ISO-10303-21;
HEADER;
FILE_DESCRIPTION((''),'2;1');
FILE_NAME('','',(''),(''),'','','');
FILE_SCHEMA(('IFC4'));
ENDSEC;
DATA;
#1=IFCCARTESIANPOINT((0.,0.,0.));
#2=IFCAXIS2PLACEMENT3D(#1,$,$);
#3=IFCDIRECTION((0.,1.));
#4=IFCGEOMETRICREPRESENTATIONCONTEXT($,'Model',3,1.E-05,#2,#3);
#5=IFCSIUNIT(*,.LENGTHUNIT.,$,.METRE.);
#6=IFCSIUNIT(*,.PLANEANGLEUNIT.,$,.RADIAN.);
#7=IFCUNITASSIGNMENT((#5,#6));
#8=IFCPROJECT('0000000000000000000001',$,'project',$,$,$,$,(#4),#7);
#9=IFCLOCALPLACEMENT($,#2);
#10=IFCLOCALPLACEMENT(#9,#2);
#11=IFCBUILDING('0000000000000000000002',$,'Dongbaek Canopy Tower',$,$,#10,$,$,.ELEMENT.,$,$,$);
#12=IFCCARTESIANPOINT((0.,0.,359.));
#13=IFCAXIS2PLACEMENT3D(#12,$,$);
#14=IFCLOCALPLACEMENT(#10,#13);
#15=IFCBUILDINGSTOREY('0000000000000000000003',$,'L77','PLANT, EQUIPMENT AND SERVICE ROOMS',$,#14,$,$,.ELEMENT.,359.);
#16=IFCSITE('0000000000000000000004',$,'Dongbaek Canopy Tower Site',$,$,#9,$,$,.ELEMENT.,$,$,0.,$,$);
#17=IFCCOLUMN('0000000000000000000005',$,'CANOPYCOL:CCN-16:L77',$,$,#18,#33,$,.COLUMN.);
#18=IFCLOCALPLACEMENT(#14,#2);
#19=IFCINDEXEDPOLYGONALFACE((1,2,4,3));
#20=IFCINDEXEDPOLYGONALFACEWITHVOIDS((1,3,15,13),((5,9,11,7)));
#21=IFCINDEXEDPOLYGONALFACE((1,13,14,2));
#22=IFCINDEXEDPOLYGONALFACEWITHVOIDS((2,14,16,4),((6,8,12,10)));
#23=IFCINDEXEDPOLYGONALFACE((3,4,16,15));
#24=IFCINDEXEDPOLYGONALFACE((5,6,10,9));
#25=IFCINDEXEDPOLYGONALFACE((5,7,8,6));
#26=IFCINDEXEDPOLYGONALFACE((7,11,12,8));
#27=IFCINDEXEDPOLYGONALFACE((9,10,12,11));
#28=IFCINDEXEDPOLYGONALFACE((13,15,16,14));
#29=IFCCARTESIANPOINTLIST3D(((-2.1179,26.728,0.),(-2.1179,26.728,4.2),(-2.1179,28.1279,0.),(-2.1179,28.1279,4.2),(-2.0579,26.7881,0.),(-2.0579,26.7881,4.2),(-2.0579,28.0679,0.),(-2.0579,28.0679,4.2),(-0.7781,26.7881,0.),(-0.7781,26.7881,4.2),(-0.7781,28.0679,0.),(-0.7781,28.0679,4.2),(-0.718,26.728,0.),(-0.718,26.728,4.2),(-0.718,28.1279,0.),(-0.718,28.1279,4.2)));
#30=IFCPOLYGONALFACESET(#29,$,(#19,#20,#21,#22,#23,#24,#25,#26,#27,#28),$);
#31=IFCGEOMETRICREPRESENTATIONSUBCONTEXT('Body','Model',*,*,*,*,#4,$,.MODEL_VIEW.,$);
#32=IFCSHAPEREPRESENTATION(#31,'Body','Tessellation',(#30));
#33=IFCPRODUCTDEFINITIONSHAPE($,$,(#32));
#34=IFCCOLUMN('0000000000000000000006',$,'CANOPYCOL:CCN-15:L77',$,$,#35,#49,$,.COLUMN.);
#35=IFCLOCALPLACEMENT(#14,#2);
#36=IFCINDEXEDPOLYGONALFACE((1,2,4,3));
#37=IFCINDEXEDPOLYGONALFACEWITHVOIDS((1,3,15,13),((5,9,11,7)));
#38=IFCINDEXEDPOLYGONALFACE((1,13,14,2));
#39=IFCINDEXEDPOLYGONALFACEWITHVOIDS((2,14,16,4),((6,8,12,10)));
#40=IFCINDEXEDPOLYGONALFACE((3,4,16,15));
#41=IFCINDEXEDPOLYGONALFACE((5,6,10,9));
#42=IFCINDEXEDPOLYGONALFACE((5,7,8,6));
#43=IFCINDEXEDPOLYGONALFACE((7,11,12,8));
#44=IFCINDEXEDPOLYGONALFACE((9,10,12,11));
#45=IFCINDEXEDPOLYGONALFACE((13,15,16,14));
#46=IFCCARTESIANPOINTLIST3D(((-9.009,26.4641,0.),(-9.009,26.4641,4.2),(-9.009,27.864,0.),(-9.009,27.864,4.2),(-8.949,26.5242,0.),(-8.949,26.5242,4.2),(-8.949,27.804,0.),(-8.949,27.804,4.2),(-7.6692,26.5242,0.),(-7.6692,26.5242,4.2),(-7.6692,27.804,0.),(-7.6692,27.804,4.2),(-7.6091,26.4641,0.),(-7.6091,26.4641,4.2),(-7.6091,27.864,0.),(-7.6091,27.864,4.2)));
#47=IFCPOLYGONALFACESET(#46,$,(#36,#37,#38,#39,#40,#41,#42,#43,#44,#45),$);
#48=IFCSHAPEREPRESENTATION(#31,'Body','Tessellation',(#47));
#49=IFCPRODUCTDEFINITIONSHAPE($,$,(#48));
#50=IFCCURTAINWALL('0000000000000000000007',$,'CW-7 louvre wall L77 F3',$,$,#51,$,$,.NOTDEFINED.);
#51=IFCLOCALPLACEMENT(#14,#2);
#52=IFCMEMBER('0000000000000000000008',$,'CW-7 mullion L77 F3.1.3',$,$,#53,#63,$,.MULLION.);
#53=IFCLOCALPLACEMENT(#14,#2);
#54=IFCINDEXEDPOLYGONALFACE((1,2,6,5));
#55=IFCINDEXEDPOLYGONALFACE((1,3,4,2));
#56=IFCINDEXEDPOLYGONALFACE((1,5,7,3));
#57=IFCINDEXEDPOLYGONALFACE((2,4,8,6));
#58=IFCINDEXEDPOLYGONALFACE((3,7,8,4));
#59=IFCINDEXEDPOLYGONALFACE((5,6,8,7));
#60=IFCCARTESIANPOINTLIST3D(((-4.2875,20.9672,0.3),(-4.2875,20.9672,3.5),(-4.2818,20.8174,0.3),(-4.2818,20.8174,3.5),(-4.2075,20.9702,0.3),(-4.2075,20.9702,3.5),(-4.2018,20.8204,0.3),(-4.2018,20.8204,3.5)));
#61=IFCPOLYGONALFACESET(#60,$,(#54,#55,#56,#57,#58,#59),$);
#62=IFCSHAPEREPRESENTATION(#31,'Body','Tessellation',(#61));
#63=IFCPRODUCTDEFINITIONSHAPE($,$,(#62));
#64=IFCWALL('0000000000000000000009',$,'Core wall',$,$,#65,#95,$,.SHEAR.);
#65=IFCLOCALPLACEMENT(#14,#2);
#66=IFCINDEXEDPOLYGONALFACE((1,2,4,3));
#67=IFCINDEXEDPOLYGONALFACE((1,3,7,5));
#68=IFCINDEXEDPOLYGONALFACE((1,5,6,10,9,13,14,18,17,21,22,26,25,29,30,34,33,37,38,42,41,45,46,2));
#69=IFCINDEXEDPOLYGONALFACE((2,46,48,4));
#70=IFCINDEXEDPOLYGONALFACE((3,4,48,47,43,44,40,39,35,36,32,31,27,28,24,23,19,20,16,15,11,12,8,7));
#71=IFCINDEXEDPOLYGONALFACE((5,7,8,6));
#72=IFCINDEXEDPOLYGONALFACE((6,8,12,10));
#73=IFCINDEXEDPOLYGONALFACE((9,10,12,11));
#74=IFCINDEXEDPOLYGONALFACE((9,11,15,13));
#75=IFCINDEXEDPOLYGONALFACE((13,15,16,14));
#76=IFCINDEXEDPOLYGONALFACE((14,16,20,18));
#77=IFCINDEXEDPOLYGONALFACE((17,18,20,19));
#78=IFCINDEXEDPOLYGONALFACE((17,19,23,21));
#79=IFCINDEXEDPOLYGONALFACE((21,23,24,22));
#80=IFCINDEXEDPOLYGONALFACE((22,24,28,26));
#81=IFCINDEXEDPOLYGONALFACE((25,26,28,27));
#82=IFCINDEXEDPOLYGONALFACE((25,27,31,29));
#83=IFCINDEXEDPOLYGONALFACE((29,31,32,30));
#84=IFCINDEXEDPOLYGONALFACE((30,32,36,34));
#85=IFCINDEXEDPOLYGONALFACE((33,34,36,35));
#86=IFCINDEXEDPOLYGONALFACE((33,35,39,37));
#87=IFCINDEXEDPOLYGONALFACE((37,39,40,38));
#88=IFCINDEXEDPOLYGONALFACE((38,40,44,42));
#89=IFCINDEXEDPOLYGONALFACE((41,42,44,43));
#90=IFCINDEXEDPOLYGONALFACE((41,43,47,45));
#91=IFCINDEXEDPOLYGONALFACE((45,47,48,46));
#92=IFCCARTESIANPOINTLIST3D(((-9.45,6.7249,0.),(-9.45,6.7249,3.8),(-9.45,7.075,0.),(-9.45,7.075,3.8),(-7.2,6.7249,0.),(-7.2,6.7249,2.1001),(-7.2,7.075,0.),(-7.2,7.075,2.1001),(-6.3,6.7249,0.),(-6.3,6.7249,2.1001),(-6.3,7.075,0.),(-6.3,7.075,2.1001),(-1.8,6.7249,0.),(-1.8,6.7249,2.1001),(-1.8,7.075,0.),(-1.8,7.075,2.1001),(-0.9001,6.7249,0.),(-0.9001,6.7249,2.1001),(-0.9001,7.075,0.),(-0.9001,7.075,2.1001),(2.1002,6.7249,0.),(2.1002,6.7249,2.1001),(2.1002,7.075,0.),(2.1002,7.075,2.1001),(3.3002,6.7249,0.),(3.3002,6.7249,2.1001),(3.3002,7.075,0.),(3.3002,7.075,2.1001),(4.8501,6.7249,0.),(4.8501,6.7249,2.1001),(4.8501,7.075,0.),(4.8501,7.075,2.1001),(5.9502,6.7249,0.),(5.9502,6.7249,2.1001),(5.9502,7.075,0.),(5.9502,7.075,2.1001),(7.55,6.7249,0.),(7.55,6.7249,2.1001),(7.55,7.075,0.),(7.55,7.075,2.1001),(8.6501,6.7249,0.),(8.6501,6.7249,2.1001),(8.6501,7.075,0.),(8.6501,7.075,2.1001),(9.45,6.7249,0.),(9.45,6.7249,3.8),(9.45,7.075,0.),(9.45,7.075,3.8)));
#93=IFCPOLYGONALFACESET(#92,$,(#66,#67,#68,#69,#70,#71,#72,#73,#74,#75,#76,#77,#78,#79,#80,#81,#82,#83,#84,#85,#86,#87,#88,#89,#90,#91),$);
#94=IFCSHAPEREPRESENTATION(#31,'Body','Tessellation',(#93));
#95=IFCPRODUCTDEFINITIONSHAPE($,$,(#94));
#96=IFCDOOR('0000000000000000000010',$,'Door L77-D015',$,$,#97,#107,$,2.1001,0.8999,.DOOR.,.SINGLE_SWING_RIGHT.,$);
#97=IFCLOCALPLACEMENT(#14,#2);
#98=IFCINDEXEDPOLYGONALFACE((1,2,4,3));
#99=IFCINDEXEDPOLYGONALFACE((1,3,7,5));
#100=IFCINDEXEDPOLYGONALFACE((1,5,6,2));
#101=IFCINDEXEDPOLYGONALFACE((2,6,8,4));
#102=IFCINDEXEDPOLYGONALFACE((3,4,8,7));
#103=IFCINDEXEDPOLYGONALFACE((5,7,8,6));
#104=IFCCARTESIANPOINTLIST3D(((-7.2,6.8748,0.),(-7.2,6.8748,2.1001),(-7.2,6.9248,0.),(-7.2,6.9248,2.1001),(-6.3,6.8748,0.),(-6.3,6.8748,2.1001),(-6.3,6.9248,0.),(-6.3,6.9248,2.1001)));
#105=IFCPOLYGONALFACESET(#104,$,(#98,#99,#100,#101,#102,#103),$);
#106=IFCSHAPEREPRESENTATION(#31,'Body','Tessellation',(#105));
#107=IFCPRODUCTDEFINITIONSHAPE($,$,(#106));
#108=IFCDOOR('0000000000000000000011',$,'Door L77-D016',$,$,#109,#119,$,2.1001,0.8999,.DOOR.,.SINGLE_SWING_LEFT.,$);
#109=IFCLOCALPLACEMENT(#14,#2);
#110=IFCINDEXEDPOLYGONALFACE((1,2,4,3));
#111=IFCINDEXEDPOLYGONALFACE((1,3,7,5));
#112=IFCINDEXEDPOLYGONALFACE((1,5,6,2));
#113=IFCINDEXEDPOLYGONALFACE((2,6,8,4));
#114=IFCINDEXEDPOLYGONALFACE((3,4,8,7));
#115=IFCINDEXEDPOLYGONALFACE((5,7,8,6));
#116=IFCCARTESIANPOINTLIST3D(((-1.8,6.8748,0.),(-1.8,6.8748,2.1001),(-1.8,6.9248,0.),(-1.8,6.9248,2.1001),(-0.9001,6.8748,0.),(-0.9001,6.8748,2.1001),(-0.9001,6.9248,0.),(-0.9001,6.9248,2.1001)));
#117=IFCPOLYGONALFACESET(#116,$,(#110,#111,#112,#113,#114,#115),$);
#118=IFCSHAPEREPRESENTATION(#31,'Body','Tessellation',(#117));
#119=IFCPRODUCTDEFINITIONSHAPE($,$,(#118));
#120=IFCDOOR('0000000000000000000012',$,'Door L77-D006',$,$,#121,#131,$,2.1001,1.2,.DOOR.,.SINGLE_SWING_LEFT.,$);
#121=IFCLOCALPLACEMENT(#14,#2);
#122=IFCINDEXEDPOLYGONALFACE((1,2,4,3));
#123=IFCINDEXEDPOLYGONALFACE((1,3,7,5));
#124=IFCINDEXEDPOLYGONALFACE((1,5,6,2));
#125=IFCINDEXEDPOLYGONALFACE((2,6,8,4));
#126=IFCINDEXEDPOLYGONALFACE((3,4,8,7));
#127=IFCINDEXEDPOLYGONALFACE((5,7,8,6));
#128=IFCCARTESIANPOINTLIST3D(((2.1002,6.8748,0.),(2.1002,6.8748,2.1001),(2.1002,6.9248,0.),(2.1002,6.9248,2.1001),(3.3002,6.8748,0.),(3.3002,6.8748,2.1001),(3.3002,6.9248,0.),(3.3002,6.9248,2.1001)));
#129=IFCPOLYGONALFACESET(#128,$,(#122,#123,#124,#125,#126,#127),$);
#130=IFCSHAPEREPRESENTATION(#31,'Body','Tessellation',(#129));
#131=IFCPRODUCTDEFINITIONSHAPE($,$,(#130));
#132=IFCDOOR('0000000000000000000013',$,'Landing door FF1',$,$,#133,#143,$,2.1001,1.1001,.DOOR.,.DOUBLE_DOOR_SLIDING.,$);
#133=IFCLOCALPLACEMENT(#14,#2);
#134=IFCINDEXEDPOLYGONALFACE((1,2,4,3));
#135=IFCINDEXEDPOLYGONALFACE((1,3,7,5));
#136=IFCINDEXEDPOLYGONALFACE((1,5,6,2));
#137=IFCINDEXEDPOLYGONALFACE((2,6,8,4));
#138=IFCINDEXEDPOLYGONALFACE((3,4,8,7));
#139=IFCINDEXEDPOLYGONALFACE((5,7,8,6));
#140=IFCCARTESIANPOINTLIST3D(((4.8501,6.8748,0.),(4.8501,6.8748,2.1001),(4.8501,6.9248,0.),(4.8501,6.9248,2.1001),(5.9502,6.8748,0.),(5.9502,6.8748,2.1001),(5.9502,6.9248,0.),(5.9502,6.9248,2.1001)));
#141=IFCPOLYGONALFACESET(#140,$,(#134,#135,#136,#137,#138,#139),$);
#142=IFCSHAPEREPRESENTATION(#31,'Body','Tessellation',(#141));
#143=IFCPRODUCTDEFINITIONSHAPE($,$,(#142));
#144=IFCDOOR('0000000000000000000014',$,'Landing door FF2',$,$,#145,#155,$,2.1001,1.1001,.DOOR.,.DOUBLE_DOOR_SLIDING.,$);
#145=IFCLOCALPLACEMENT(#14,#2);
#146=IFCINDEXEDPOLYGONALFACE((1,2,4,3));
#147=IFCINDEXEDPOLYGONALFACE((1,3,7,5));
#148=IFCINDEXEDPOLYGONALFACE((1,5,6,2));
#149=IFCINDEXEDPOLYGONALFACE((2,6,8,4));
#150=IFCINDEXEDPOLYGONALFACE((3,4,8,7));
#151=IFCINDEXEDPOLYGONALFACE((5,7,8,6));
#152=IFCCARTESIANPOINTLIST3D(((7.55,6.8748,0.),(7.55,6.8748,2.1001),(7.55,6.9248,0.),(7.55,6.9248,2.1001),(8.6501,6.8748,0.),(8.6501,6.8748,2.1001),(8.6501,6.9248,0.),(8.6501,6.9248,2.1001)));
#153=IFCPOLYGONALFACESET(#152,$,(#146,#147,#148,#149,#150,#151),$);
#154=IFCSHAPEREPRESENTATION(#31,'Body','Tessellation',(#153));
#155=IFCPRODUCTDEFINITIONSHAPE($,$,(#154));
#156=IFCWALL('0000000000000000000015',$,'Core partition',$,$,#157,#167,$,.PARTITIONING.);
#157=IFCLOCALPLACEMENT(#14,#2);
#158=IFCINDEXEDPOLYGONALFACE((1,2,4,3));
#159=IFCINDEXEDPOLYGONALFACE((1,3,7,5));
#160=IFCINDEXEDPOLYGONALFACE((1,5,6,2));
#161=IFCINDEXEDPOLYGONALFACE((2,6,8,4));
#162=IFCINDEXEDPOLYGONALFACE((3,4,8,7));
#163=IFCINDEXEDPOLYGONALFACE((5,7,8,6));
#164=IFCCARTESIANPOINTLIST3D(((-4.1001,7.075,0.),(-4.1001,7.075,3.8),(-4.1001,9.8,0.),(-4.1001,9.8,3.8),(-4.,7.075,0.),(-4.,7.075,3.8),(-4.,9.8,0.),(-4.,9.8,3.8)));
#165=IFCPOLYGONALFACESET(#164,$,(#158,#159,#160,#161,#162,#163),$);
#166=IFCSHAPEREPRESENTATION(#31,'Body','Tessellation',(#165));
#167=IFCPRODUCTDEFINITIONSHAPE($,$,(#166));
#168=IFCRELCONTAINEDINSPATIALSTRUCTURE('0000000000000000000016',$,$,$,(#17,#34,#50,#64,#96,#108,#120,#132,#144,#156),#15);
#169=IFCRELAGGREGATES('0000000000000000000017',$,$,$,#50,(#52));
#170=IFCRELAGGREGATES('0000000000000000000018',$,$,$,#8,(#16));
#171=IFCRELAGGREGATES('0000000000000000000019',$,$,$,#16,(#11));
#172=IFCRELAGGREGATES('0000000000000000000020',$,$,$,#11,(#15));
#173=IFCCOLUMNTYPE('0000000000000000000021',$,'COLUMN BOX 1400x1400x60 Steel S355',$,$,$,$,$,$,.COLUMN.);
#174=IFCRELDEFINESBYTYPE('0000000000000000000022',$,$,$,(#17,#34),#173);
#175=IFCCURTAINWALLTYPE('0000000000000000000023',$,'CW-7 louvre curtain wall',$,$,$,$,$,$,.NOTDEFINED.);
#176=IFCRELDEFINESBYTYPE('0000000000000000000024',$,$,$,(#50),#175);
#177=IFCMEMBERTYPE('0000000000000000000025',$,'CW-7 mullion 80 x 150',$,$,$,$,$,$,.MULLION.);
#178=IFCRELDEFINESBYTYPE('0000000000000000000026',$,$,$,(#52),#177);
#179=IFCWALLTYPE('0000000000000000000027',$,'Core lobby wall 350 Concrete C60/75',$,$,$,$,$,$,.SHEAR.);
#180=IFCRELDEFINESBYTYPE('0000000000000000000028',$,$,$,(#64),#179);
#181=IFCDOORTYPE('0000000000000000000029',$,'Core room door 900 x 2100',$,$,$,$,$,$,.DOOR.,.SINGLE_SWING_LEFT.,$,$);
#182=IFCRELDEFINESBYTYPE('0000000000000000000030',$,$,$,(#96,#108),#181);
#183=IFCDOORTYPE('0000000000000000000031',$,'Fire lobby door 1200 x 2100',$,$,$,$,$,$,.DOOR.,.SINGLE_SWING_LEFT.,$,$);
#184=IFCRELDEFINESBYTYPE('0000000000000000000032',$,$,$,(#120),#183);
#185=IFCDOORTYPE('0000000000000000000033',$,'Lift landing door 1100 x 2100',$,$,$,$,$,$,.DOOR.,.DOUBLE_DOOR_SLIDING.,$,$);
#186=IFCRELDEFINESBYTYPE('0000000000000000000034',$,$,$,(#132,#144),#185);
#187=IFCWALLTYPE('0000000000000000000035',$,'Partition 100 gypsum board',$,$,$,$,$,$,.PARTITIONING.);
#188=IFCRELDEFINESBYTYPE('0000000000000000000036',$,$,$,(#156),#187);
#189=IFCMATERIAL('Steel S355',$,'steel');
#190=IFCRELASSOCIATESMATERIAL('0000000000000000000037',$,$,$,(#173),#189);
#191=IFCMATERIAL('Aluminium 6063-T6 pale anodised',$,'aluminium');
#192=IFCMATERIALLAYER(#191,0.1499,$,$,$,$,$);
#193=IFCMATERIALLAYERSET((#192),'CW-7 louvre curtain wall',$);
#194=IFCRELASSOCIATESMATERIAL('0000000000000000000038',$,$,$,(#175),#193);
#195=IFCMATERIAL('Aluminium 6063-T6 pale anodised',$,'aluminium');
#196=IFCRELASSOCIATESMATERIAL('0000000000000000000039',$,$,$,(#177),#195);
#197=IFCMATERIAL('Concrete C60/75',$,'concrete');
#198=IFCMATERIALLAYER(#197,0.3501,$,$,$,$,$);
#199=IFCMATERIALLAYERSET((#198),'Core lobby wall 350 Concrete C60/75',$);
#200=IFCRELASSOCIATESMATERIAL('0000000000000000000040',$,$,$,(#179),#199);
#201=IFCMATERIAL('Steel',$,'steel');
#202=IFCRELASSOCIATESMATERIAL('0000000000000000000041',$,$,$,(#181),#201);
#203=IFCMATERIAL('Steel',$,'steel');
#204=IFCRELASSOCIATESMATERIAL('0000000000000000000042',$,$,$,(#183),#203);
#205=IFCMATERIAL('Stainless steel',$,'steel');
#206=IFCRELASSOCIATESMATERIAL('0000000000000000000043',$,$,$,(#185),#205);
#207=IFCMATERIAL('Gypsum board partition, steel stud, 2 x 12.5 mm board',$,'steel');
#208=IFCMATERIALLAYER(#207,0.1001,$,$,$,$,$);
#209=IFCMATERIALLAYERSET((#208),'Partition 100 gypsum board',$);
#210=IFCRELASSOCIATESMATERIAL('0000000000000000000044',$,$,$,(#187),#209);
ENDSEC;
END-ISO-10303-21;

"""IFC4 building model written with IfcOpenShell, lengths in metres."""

from ifc_helpers import new_model, si_unit, direction, frame, frame_2d, origin, origin_2d, place, context, subcontext, project, spatial, rectangle, hollow_rectangle, extrude, material, layer, layer_set, material_profile, profile_set, type_object, element, fill, aggregate, save


model = new_model("IFC4")

# Units and contexts
model_context = context("Model", 3, precision=1e-05, world=origin(), true_north=direction((0.0, 1.0)))
body_context = subcontext(model_context, "Body", "Model", "MODEL_VIEW")
ifc_project = project(units=[si_unit("LENGTHUNIT", "METRE"), si_unit("PLANEANGLEUNIT", "RADIAN")], contexts=[model_context])

# Site, building, storey
site_placement = place(None, origin())
site = spatial("IfcSite", under=ifc_project, at=site_placement, Name="Dongbaek Canopy Tower Site", CompositionType="ELEMENT", RefElevation=0.0)
building_placement = place(site_placement, origin())
building = spatial("IfcBuilding", under=site, at=building_placement, Name="Dongbaek Canopy Tower", CompositionType="ELEMENT")
storey_placement = place(building_placement, frame((0.0, 0.0, 359.0)))
storey = spatial("IfcBuildingStorey", under=building, at=storey_placement, Name="L77", Description="PLANT, EQUIPMENT AND SERVICE ROOMS", CompositionType="ELEMENT", Elevation=359.0)

# Columns
ifc_material_1 = material(Name="Steel S355", Category="steel")
ifc_material_profile_1 = material_profile(ifc_material_1, hollow_rectangle(XDim=1.3999, YDim=1.3999, WallThickness=0.0601, at=origin_2d()), Name="COLUMN BOX 1400x1400x60 Steel S355")
ifc_profile_set_1 = profile_set([ifc_material_profile_1], Name="Steel S355")
column_type = type_object("IfcColumnType", Name="COLUMN BOX 1400x1400x60 Steel S355", PredefinedType="COLUMN", material=ifc_profile_set_1)
for number, where, z_axis, x_axis, name in (
    (1, (-1.418, 27.428, 0.0), (0.0, 0.0, 1.0), (1.0, 0.0, 0.0), "CANOPYCOL:CCN-16:L77"),
    (2, (-8.3091, 27.1641, 0.0), (0.0, 0.0, 1.0), (1.0, 0.0, 0.0), "CANOPYCOL:CCN-15:L77"),
):
    element("IfcColumn", number, at=place(storey_placement, frame(where, z_axis=z_axis, x_axis=x_axis)), inside=storey, type_object=column_type, Name=name, PredefinedType="COLUMN", context=body_context, shape_type="SweptSolid", body=[
        extrude(hollow_rectangle(XDim=1.3999, YDim=1.3999, WallThickness=0.0601, at=origin_2d()), origin(), (0.0, 0.0, 1.0), 4.2),
    ])

# Curtain wall, member
ifc_material_2 = material(Name="Aluminium 6063-T6 pale anodised", Category="aluminium")
ifc_layer_1 = layer(ifc_material_2, 0.1499)
ifc_layer_set_1 = layer_set([ifc_layer_1], Name="CW-7 louvre curtain wall")
curtain_wall_type = type_object("IfcCurtainWallType", Name="CW-7 louvre curtain wall", PredefinedType="NOTDEFINED", material=ifc_layer_set_1)
curtain_wall_placement = place(storey_placement, origin())
curtain_wall = element("IfcCurtainWall", 3, at=curtain_wall_placement, inside=storey, type_object=curtain_wall_type, Name="CW-7 louvre wall L77 F3", PredefinedType="NOTDEFINED")
ifc_material_3 = material(Name="Aluminium 6063-T6 pale anodised", Category="aluminium")
ifc_material_profile_2 = material_profile(ifc_material_3, rectangle(XDim=0.1499, YDim=0.0801, at=origin_2d()), Name="CW-7 mullion 80 x 150")
ifc_profile_set_2 = profile_set([ifc_material_profile_2], Name="Aluminium 6063-T6 pale anodised")
member_type = type_object("IfcMemberType", Name="CW-7 mullion 80 x 150", PredefinedType="MULLION", material=ifc_profile_set_2)
member_placement = place(storey_placement, frame((-4.2446, 20.8938, 0.3), z_axis=(0.0, 0.0, 1.0), x_axis=(-0.038232, 0.999269, 0.0)))
member = element("IfcMember", 4, at=member_placement, type_object=member_type, Name="CW-7 mullion L77 F3.1.3", PredefinedType="MULLION", context=body_context, shape_type="SweptSolid", body=[
    extrude(rectangle(XDim=0.1499, YDim=0.0801, at=origin_2d()), origin(), (0.0, 0.0, 1.0), 3.2),
])

# Wall, openings, doors
ifc_material_4 = material(Name="Concrete C60/75", Category="concrete")
ifc_layer_2 = layer(ifc_material_4, 0.3501)
ifc_layer_set_2 = layer_set([ifc_layer_2], Name="Core lobby wall 350 Concrete C60/75")
wall_type_1 = type_object("IfcWallType", Name="Core lobby wall 350 Concrete C60/75", PredefinedType="SHEAR", material=ifc_layer_set_2)
wall_1_placement = place(storey_placement, frame((-9.45, 6.8999, 0.0), z_axis=(0.0, 0.0, 1.0), x_axis=(1.0, 0.0, 0.0)))
wall_1 = element("IfcWall", 5, at=wall_1_placement, inside=storey, type_object=wall_type_1, Name="Core wall", PredefinedType="SHEAR", context=body_context, shape_type="SweptSolid", body=[
    extrude(rectangle(XDim=18.8999, YDim=0.3501, at=frame_2d((9.45, 0.0))), origin(), (0.0, 0.0, 1.0), 3.8),
])
opening_1_placement = place(wall_1_placement, frame((11.55, 0.0, 0.0)))
opening_1 = element("IfcOpeningElement", 6, at=opening_1_placement, cuts=wall_1, PredefinedType="OPENING", context=body_context, shape_type="SweptSolid", body=[
    extrude(rectangle(XDim=1.2, YDim=2.1001, at=frame_2d((0.6001, 1.05))), frame((0.0, 0.1851, 0.0), z_axis=(0.0, -1.0, 0.0), x_axis=(1.0, 0.0, 0.0)), (0.0, 0.0, 1.0), 0.3701),
])
opening_2_placement = place(wall_1_placement, frame((14.3, 0.0, 0.0)))
opening_2 = element("IfcOpeningElement", 7, at=opening_2_placement, cuts=wall_1, PredefinedType="OPENING", context=body_context, shape_type="SweptSolid", body=[
    extrude(rectangle(XDim=1.1001, YDim=2.1001, at=frame_2d((0.55, 1.05))), frame((0.0, 0.1851, 0.0), z_axis=(0.0, -1.0, 0.0), x_axis=(1.0, 0.0, 0.0)), (0.0, 0.0, 1.0), 0.3701),
])
opening_3_placement = place(wall_1_placement, frame((17.0, 0.0, 0.0)))
opening_3 = element("IfcOpeningElement", 8, at=opening_3_placement, cuts=wall_1, PredefinedType="OPENING", context=body_context, shape_type="SweptSolid", body=[
    extrude(rectangle(XDim=1.1001, YDim=2.1001, at=frame_2d((0.55, 1.05))), frame((0.0, 0.1851, 0.0), z_axis=(0.0, -1.0, 0.0), x_axis=(1.0, 0.0, 0.0)), (0.0, 0.0, 1.0), 0.3701),
])
opening_4_placement = place(wall_1_placement, frame((2.25, 0.0, 0.0)))
opening_4 = element("IfcOpeningElement", 9, at=opening_4_placement, cuts=wall_1, PredefinedType="OPENING", context=body_context, shape_type="SweptSolid", body=[
    extrude(rectangle(XDim=0.8999, YDim=2.1001, at=frame_2d((0.45, 1.05))), frame((0.0, 0.1851, 0.0), z_axis=(0.0, -1.0, 0.0), x_axis=(1.0, 0.0, 0.0)), (0.0, 0.0, 1.0), 0.3701),
])
opening_5_placement = place(wall_1_placement, frame((7.6499, 0.0, 0.0)))
opening_5 = element("IfcOpeningElement", 10, at=opening_5_placement, cuts=wall_1, PredefinedType="OPENING", context=body_context, shape_type="SweptSolid", body=[
    extrude(rectangle(XDim=0.8999, YDim=2.1001, at=frame_2d((0.45, 1.05))), frame((0.0, 0.1851, 0.0), z_axis=(0.0, -1.0, 0.0), x_axis=(1.0, 0.0, 0.0)), (0.0, 0.0, 1.0), 0.3701),
])
ifc_material_5 = material(Name="Steel", Category="steel")
door_type_1 = type_object("IfcDoorType", Name="Core room door 900 x 2100", OperationType="SINGLE_SWING_LEFT", PredefinedType="DOOR", material=ifc_material_5)
door_1_placement = place(opening_4_placement, origin())
door_1 = element("IfcDoor", 11, at=door_1_placement, inside=storey, type_object=door_type_1, Name="Door L77-D015", OperationType="SINGLE_SWING_RIGHT", OverallHeight=2.1001, OverallWidth=0.8999, PredefinedType="DOOR", context=body_context, shape_type="SweptSolid", body=[
    extrude(rectangle(XDim=0.8999, YDim=2.1001, at=frame_2d((0.45, 1.05))), frame((0.0, 0.0249, 0.0), z_axis=(0.0, -1.0, 0.0), x_axis=(1.0, 0.0, 0.0)), (0.0, 0.0, 1.0), 0.05),
])
fill(opening_4, door_1)
door_2_placement = place(opening_5_placement, origin())
door_2 = element("IfcDoor", 12, at=door_2_placement, inside=storey, type_object=door_type_1, Name="Door L77-D016", OperationType="SINGLE_SWING_LEFT", OverallHeight=2.1001, OverallWidth=0.8999, PredefinedType="DOOR", context=body_context, shape_type="SweptSolid", body=[
    extrude(rectangle(XDim=0.8999, YDim=2.1001, at=frame_2d((0.45, 1.05))), frame((0.0, 0.0249, 0.0), z_axis=(0.0, -1.0, 0.0), x_axis=(1.0, 0.0, 0.0)), (0.0, 0.0, 1.0), 0.05),
])
fill(opening_5, door_2)
ifc_material_6 = material(Name="Steel", Category="steel")
door_type_2 = type_object("IfcDoorType", Name="Fire lobby door 1200 x 2100", OperationType="SINGLE_SWING_LEFT", PredefinedType="DOOR", material=ifc_material_6)
door_3_placement = place(opening_1_placement, origin())
door_3 = element("IfcDoor", 13, at=door_3_placement, inside=storey, type_object=door_type_2, Name="Door L77-D006", OperationType="SINGLE_SWING_LEFT", OverallHeight=2.1001, OverallWidth=1.2, PredefinedType="DOOR", context=body_context, shape_type="SweptSolid", body=[
    extrude(rectangle(XDim=1.2, YDim=2.1001, at=frame_2d((0.6001, 1.05))), frame((0.0, 0.0249, 0.0), z_axis=(0.0, -1.0, 0.0), x_axis=(1.0, 0.0, 0.0)), (0.0, 0.0, 1.0), 0.05),
])
fill(opening_1, door_3)
ifc_material_7 = material(Name="Stainless steel", Category="steel")
door_type_3 = type_object("IfcDoorType", Name="Lift landing door 1100 x 2100", OperationType="DOUBLE_DOOR_SLIDING", PredefinedType="DOOR", material=ifc_material_7)
door_4_placement = place(opening_2_placement, origin())
door_4 = element("IfcDoor", 14, at=door_4_placement, inside=storey, type_object=door_type_3, Name="Landing door FF1", OperationType="DOUBLE_DOOR_SLIDING", OverallHeight=2.1001, OverallWidth=1.1001, PredefinedType="DOOR", context=body_context, shape_type="SweptSolid", body=[
    extrude(rectangle(XDim=1.1001, YDim=2.1001, at=frame_2d((0.55, 1.05))), frame((0.0, 0.0249, 0.0), z_axis=(0.0, -1.0, 0.0), x_axis=(1.0, 0.0, 0.0)), (0.0, 0.0, 1.0), 0.05),
])
fill(opening_2, door_4)
door_5_placement = place(opening_3_placement, origin())
door_5 = element("IfcDoor", 15, at=door_5_placement, inside=storey, type_object=door_type_3, Name="Landing door FF2", OperationType="DOUBLE_DOOR_SLIDING", OverallHeight=2.1001, OverallWidth=1.1001, PredefinedType="DOOR", context=body_context, shape_type="SweptSolid", body=[
    extrude(rectangle(XDim=1.1001, YDim=2.1001, at=frame_2d((0.55, 1.05))), frame((0.0, 0.0249, 0.0), z_axis=(0.0, -1.0, 0.0), x_axis=(1.0, 0.0, 0.0)), (0.0, 0.0, 1.0), 0.05),
])
fill(opening_3, door_5)

# Wall
ifc_material_8 = material(Name="Gypsum board partition, steel stud, 2 x 12.5 mm board", Category="steel")
ifc_layer_3 = layer(ifc_material_8, 0.1001)
ifc_layer_set_3 = layer_set([ifc_layer_3], Name="Partition 100 gypsum board")
wall_type_2 = type_object("IfcWallType", Name="Partition 100 gypsum board", PredefinedType="PARTITIONING", material=ifc_layer_set_3)
for number, where, z_axis, x_axis, name in (
    (16, (-4.05, 7.075, 0.0), (0.0, 0.0, 1.0), (0.0, 1.0, 0.0), "Core partition"),
):
    element("IfcWall", number, at=place(storey_placement, frame(where, z_axis=z_axis, x_axis=x_axis)), inside=storey, type_object=wall_type_2, Name=name, PredefinedType="PARTITIONING", context=body_context, shape_type="SweptSolid", body=[
        extrude(rectangle(XDim=2.7251, YDim=0.1001, at=frame_2d((1.3625, 0.0))), origin(), (0.0, 0.0, 1.0), 3.8),
    ])

aggregate(curtain_wall, [member])

save(model, "model.ifc")
